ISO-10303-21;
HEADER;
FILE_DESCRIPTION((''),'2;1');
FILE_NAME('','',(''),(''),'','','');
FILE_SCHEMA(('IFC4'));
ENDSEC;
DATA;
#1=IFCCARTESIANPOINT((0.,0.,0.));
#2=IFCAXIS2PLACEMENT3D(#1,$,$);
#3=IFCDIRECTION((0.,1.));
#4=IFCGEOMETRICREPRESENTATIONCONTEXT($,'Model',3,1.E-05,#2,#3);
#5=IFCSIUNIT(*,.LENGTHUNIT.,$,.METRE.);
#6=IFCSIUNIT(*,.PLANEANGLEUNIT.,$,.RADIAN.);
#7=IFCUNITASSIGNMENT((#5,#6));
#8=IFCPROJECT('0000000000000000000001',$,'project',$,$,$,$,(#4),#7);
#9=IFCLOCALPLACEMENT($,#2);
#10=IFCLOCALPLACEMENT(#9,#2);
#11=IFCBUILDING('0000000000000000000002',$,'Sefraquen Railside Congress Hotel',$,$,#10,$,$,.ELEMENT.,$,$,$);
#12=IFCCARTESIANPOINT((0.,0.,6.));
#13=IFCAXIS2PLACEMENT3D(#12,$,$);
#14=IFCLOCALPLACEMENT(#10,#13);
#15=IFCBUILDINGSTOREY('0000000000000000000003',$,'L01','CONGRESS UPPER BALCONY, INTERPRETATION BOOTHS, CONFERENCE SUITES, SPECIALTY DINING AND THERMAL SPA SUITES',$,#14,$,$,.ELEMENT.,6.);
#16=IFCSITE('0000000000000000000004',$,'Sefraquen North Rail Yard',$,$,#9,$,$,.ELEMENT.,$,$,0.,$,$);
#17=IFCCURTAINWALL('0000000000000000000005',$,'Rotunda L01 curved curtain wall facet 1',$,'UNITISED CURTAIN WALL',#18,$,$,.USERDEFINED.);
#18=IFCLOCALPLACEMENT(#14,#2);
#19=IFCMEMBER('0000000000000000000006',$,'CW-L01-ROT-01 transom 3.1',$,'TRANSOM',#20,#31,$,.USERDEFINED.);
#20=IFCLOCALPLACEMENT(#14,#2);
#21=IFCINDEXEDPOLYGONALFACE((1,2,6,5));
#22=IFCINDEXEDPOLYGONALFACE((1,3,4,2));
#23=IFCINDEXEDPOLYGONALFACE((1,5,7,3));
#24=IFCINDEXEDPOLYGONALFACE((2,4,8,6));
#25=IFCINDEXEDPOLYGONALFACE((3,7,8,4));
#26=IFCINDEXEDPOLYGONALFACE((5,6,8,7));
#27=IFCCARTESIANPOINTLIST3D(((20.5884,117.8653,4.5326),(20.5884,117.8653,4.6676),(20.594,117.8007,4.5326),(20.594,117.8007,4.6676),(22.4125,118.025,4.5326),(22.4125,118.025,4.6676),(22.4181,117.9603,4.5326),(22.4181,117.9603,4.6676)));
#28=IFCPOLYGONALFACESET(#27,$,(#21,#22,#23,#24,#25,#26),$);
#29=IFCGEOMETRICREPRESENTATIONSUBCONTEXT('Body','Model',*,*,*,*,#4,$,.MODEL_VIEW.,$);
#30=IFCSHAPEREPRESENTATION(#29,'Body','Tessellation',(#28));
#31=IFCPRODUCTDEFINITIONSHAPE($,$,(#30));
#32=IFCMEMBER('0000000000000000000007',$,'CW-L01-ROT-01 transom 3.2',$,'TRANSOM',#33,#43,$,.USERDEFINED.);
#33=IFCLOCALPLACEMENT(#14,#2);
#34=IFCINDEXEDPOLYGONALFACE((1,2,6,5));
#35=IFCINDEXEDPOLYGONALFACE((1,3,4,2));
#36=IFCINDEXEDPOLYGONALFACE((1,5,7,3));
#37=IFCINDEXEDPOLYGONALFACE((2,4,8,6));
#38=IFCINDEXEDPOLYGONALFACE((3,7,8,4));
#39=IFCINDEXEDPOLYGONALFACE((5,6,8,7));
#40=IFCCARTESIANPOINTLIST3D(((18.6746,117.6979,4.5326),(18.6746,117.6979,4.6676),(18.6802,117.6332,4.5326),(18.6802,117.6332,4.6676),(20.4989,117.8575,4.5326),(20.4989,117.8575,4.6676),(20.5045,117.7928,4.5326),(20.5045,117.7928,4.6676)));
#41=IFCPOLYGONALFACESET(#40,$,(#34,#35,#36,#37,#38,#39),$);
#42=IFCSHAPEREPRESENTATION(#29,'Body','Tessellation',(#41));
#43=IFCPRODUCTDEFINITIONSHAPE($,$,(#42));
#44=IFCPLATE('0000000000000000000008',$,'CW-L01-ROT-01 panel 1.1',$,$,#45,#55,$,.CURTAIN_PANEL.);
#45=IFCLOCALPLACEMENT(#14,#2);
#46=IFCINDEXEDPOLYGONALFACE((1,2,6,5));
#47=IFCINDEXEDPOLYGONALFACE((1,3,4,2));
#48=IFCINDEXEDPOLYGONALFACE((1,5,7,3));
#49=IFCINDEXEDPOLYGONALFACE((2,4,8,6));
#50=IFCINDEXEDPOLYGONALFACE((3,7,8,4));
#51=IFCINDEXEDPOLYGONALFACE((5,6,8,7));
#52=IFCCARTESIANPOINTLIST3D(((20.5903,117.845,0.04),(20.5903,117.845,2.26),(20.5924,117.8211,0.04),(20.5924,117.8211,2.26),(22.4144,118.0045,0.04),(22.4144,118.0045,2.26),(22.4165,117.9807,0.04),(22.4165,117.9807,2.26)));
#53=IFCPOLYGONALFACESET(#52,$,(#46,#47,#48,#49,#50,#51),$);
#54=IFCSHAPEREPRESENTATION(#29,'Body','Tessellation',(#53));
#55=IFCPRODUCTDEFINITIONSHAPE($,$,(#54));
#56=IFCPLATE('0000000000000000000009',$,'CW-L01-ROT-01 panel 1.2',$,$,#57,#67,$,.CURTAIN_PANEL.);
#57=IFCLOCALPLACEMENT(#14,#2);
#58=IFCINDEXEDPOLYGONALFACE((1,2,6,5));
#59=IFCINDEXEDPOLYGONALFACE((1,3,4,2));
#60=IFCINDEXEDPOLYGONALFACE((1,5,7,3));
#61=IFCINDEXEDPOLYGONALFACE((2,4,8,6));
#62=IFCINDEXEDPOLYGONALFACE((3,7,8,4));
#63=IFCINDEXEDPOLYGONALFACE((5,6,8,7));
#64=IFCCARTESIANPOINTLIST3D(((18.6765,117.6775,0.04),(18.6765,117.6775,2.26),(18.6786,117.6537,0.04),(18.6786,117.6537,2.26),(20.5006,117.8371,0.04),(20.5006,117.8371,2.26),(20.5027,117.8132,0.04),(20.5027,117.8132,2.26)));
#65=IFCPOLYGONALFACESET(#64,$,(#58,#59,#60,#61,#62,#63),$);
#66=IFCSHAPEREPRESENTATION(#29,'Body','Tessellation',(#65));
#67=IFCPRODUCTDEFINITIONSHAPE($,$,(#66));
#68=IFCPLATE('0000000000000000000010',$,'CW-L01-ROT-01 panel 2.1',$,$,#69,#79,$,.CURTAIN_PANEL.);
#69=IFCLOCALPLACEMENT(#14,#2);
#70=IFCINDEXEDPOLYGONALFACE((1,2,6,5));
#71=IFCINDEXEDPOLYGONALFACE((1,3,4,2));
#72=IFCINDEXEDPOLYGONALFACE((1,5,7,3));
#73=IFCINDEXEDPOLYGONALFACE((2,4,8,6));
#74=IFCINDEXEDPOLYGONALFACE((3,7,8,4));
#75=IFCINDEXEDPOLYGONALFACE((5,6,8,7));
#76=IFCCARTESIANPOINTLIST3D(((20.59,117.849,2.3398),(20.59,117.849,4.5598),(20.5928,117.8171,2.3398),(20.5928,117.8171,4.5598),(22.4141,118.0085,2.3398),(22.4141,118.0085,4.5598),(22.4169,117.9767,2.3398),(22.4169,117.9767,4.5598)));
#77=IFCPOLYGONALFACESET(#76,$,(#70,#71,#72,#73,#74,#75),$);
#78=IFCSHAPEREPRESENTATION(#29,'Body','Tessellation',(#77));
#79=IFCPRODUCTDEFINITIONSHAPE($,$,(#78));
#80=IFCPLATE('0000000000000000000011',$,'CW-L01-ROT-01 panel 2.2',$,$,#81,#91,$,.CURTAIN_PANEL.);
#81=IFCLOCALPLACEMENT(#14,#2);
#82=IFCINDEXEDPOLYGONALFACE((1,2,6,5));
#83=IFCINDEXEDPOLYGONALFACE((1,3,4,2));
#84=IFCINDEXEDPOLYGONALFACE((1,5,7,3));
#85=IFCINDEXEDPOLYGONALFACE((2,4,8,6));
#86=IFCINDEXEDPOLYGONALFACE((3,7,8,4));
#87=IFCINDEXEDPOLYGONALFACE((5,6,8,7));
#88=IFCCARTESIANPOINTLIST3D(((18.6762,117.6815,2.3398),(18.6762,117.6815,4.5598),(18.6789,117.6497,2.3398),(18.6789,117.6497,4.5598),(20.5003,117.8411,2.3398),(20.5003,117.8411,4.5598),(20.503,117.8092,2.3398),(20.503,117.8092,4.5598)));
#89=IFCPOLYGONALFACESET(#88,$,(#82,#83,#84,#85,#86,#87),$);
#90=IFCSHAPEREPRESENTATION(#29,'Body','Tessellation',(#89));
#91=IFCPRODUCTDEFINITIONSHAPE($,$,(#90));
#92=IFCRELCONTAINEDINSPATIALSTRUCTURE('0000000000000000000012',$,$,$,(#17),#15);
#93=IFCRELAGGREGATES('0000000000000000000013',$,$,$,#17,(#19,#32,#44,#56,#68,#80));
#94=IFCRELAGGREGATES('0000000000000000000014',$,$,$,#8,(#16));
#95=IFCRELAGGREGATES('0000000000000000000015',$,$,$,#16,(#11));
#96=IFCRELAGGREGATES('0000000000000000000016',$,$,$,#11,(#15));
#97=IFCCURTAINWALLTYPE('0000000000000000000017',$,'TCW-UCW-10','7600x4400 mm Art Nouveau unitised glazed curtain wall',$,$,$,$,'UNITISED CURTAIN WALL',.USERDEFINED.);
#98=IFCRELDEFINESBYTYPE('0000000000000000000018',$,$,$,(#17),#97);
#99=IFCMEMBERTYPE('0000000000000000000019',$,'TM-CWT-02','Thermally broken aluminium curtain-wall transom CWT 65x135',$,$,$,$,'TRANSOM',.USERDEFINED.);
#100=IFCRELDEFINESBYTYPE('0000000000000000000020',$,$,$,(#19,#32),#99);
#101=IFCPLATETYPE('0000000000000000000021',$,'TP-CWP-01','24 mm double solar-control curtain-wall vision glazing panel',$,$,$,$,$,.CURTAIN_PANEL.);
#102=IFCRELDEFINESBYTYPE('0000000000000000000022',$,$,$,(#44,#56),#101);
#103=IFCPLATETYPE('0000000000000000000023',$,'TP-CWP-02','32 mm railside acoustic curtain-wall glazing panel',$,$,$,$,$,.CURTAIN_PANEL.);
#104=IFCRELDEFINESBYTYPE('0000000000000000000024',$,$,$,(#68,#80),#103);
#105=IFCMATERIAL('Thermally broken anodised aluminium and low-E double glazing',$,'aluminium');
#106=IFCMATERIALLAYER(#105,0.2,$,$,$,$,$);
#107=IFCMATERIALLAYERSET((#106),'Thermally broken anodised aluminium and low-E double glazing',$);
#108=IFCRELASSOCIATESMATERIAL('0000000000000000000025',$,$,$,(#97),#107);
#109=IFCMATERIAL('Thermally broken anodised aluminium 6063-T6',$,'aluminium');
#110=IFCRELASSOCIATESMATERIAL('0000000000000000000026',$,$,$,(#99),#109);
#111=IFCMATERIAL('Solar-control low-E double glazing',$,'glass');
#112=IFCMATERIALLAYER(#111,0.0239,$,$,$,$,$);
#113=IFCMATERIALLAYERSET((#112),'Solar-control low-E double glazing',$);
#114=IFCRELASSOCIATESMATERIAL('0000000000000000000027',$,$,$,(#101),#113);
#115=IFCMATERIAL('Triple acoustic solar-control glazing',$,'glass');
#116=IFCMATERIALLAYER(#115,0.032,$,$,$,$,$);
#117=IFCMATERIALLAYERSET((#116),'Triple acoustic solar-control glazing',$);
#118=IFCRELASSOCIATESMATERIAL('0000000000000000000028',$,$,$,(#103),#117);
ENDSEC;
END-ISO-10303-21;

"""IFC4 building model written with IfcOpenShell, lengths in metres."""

from ifc_helpers import new_model, si_unit, direction, frame, origin, origin_2d, place, context, subcontext, project, spatial, rectangle, extrude, material, layer, layer_set, material_profile, profile_set, type_object, element, aggregate, save


model = new_model("IFC4")

# Units and contexts
model_context = context("Model", 3, precision=1e-05, world=origin(), true_north=direction((0.0, 1.0)))
body_context = subcontext(model_context, "Body", "Model", "MODEL_VIEW")
ifc_project = project(units=[si_unit("LENGTHUNIT", "METRE"), si_unit("PLANEANGLEUNIT", "RADIAN")], contexts=[model_context])

# Site, building, storey
site_placement = place(None, origin())
site = spatial("IfcSite", under=ifc_project, at=site_placement, Name="Sefraquen North Rail Yard", CompositionType="ELEMENT", RefElevation=0.0)
building_placement = place(site_placement, origin())
building = spatial("IfcBuilding", under=site, at=building_placement, Name="Sefraquen Railside Congress Hotel", CompositionType="ELEMENT")
storey_placement = place(building_placement, frame((0.0, 0.0, 6.0)))
storey = spatial("IfcBuildingStorey", under=building, at=storey_placement, Name="L01", Description="CONGRESS UPPER BALCONY, INTERPRETATION BOOTHS, CONFERENCE SUITES, SPECIALTY DINING AND THERMAL SPA SUITES", CompositionType="ELEMENT", Elevation=6.0)

# Curtain wall, members, plates
ifc_material_1 = material(Name="Thermally broken anodised aluminium and low-E double glazing", Category="aluminium")
ifc_layer_1 = layer(ifc_material_1, 0.2)
ifc_layer_set_1 = layer_set([ifc_layer_1], Name="Thermally broken anodised aluminium and low-E double glazing")
curtain_wall_type = type_object("IfcCurtainWallType", Name="TCW-UCW-10", Description="7600x4400 mm Art Nouveau unitised glazed curtain wall", ElementType="UNITISED CURTAIN WALL", PredefinedType="USERDEFINED", material=ifc_layer_set_1)
curtain_wall_placement = place(storey_placement, origin())
curtain_wall = element("IfcCurtainWall", 1, at=curtain_wall_placement, inside=storey, type_object=curtain_wall_type, Name="Rotunda L01 curved curtain wall facet 1", ObjectType="UNITISED CURTAIN WALL", PredefinedType="USERDEFINED")
ifc_material_2 = material(Name="Thermally broken anodised aluminium 6063-T6", Category="aluminium")
ifc_material_profile_1 = material_profile(ifc_material_2, rectangle(XDim=0.0649, YDim=0.135, at=origin_2d()), Name="CWT 65x135")
ifc_profile_set_1 = profile_set([ifc_material_profile_1], Name="Thermally broken anodised aluminium 6063-T6")
member_type_1 = type_object("IfcMemberType", Name="TM-CWT-02", Description="Thermally broken aluminium curtain-wall transom CWT 65x135", ElementType="TRANSOM", PredefinedType="USERDEFINED", material=ifc_profile_set_1)
member_1_placement = place(storey_placement, frame((22.4153, 117.9927, 4.6001), z_axis=(-0.99619, -0.087205, 0.0), x_axis=(0.087205, -0.99619, 0.0)))
member_1 = element("IfcMember", 2, at=member_1_placement, type_object=member_type_1, Name="CW-L01-ROT-01 transom 3.1", ObjectType="TRANSOM", PredefinedType="USERDEFINED", context=body_context, shape_type="SweptSolid", body=[
    extrude(rectangle(XDim=0.0649, YDim=0.135, at=origin_2d()), origin(), (0.0, 0.0, 1.0), 1.8311),
])
member_2_placement = place(storey_placement, frame((20.5017, 117.8252, 4.6001), z_axis=(-0.996191, -0.087193, 0.0), x_axis=(0.087193, -0.996191, 0.0)))
member_2 = element("IfcMember", 3, at=member_2_placement, type_object=member_type_1, Name="CW-L01-ROT-01 transom 3.2", ObjectType="TRANSOM", PredefinedType="USERDEFINED", context=body_context, shape_type="SweptSolid", body=[
    extrude(rectangle(XDim=0.0649, YDim=0.135, at=origin_2d()), origin(), (0.0, 0.0, 1.0), 1.8313),
])
ifc_material_3 = material(Name="Solar-control low-E double glazing", Category="glass")
ifc_layer_2 = layer(ifc_material_3, 0.0239)
ifc_layer_set_2 = layer_set([ifc_layer_2], Name="Solar-control low-E double glazing")
plate_type_1 = type_object("IfcPlateType", Name="TP-CWP-01", Description="24 mm double solar-control curtain-wall vision glazing panel", PredefinedType="CURTAIN_PANEL", material=ifc_layer_set_2)
plate_1_placement = place(storey_placement, frame((21.5034, 117.9128, 0.04), z_axis=(0.0, 0.0, 1.0), x_axis=(-0.996196, -0.087138, 0.0)))
plate_1 = element("IfcPlate", 4, at=plate_1_placement, type_object=plate_type_1, Name="CW-L01-ROT-01 panel 1.1", PredefinedType="CURTAIN_PANEL", context=body_context, shape_type="SweptSolid", body=[
    extrude(rectangle(XDim=1.8311, YDim=0.0239, at=origin_2d()), origin(), (0.0, 0.0, 1.0), 2.22),
])
plate_2_placement = place(storey_placement, frame((19.5896, 117.7454, 0.04), z_axis=(0.0, 0.0, 1.0), x_axis=(-0.996196, -0.087138, 0.0)))
plate_2 = element("IfcPlate", 5, at=plate_2_placement, type_object=plate_type_1, Name="CW-L01-ROT-01 panel 1.2", PredefinedType="CURTAIN_PANEL", context=body_context, shape_type="SweptSolid", body=[
    extrude(rectangle(XDim=1.8311, YDim=0.0239, at=origin_2d()), origin(), (0.0, 0.0, 1.0), 2.22),
])
ifc_material_4 = material(Name="Triple acoustic solar-control glazing", Category="glass")
ifc_layer_3 = layer(ifc_material_4, 0.032)
ifc_layer_set_3 = layer_set([ifc_layer_3], Name="Triple acoustic solar-control glazing")
plate_type_2 = type_object("IfcPlateType", Name="TP-CWP-02", Description="32 mm railside acoustic curtain-wall glazing panel", PredefinedType="CURTAIN_PANEL", material=ifc_layer_set_3)
plate_3_placement = place(storey_placement, frame((21.5034, 117.9128, 2.3398), z_axis=(0.0, 0.0, 1.0), x_axis=(-0.996196, -0.087138, 0.0)))
plate_3 = element("IfcPlate", 6, at=plate_3_placement, type_object=plate_type_2, Name="CW-L01-ROT-01 panel 2.1", PredefinedType="CURTAIN_PANEL", context=body_context, shape_type="SweptSolid", body=[
    extrude(rectangle(XDim=1.8311, YDim=0.032, at=origin_2d()), origin(), (0.0, 0.0, 1.0), 2.22),
])
plate_4_placement = place(storey_placement, frame((19.5896, 117.7454, 2.3398), z_axis=(0.0, 0.0, 1.0), x_axis=(-0.996196, -0.087138, 0.0)))
plate_4 = element("IfcPlate", 7, at=plate_4_placement, type_object=plate_type_2, Name="CW-L01-ROT-01 panel 2.2", PredefinedType="CURTAIN_PANEL", context=body_context, shape_type="SweptSolid", body=[
    extrude(rectangle(XDim=1.8311, YDim=0.032, at=origin_2d()), origin(), (0.0, 0.0, 1.0), 2.22),
])
aggregate(curtain_wall, [member_1, member_2, plate_1, plate_2, plate_3, plate_4])

save(model, "model.ifc")
